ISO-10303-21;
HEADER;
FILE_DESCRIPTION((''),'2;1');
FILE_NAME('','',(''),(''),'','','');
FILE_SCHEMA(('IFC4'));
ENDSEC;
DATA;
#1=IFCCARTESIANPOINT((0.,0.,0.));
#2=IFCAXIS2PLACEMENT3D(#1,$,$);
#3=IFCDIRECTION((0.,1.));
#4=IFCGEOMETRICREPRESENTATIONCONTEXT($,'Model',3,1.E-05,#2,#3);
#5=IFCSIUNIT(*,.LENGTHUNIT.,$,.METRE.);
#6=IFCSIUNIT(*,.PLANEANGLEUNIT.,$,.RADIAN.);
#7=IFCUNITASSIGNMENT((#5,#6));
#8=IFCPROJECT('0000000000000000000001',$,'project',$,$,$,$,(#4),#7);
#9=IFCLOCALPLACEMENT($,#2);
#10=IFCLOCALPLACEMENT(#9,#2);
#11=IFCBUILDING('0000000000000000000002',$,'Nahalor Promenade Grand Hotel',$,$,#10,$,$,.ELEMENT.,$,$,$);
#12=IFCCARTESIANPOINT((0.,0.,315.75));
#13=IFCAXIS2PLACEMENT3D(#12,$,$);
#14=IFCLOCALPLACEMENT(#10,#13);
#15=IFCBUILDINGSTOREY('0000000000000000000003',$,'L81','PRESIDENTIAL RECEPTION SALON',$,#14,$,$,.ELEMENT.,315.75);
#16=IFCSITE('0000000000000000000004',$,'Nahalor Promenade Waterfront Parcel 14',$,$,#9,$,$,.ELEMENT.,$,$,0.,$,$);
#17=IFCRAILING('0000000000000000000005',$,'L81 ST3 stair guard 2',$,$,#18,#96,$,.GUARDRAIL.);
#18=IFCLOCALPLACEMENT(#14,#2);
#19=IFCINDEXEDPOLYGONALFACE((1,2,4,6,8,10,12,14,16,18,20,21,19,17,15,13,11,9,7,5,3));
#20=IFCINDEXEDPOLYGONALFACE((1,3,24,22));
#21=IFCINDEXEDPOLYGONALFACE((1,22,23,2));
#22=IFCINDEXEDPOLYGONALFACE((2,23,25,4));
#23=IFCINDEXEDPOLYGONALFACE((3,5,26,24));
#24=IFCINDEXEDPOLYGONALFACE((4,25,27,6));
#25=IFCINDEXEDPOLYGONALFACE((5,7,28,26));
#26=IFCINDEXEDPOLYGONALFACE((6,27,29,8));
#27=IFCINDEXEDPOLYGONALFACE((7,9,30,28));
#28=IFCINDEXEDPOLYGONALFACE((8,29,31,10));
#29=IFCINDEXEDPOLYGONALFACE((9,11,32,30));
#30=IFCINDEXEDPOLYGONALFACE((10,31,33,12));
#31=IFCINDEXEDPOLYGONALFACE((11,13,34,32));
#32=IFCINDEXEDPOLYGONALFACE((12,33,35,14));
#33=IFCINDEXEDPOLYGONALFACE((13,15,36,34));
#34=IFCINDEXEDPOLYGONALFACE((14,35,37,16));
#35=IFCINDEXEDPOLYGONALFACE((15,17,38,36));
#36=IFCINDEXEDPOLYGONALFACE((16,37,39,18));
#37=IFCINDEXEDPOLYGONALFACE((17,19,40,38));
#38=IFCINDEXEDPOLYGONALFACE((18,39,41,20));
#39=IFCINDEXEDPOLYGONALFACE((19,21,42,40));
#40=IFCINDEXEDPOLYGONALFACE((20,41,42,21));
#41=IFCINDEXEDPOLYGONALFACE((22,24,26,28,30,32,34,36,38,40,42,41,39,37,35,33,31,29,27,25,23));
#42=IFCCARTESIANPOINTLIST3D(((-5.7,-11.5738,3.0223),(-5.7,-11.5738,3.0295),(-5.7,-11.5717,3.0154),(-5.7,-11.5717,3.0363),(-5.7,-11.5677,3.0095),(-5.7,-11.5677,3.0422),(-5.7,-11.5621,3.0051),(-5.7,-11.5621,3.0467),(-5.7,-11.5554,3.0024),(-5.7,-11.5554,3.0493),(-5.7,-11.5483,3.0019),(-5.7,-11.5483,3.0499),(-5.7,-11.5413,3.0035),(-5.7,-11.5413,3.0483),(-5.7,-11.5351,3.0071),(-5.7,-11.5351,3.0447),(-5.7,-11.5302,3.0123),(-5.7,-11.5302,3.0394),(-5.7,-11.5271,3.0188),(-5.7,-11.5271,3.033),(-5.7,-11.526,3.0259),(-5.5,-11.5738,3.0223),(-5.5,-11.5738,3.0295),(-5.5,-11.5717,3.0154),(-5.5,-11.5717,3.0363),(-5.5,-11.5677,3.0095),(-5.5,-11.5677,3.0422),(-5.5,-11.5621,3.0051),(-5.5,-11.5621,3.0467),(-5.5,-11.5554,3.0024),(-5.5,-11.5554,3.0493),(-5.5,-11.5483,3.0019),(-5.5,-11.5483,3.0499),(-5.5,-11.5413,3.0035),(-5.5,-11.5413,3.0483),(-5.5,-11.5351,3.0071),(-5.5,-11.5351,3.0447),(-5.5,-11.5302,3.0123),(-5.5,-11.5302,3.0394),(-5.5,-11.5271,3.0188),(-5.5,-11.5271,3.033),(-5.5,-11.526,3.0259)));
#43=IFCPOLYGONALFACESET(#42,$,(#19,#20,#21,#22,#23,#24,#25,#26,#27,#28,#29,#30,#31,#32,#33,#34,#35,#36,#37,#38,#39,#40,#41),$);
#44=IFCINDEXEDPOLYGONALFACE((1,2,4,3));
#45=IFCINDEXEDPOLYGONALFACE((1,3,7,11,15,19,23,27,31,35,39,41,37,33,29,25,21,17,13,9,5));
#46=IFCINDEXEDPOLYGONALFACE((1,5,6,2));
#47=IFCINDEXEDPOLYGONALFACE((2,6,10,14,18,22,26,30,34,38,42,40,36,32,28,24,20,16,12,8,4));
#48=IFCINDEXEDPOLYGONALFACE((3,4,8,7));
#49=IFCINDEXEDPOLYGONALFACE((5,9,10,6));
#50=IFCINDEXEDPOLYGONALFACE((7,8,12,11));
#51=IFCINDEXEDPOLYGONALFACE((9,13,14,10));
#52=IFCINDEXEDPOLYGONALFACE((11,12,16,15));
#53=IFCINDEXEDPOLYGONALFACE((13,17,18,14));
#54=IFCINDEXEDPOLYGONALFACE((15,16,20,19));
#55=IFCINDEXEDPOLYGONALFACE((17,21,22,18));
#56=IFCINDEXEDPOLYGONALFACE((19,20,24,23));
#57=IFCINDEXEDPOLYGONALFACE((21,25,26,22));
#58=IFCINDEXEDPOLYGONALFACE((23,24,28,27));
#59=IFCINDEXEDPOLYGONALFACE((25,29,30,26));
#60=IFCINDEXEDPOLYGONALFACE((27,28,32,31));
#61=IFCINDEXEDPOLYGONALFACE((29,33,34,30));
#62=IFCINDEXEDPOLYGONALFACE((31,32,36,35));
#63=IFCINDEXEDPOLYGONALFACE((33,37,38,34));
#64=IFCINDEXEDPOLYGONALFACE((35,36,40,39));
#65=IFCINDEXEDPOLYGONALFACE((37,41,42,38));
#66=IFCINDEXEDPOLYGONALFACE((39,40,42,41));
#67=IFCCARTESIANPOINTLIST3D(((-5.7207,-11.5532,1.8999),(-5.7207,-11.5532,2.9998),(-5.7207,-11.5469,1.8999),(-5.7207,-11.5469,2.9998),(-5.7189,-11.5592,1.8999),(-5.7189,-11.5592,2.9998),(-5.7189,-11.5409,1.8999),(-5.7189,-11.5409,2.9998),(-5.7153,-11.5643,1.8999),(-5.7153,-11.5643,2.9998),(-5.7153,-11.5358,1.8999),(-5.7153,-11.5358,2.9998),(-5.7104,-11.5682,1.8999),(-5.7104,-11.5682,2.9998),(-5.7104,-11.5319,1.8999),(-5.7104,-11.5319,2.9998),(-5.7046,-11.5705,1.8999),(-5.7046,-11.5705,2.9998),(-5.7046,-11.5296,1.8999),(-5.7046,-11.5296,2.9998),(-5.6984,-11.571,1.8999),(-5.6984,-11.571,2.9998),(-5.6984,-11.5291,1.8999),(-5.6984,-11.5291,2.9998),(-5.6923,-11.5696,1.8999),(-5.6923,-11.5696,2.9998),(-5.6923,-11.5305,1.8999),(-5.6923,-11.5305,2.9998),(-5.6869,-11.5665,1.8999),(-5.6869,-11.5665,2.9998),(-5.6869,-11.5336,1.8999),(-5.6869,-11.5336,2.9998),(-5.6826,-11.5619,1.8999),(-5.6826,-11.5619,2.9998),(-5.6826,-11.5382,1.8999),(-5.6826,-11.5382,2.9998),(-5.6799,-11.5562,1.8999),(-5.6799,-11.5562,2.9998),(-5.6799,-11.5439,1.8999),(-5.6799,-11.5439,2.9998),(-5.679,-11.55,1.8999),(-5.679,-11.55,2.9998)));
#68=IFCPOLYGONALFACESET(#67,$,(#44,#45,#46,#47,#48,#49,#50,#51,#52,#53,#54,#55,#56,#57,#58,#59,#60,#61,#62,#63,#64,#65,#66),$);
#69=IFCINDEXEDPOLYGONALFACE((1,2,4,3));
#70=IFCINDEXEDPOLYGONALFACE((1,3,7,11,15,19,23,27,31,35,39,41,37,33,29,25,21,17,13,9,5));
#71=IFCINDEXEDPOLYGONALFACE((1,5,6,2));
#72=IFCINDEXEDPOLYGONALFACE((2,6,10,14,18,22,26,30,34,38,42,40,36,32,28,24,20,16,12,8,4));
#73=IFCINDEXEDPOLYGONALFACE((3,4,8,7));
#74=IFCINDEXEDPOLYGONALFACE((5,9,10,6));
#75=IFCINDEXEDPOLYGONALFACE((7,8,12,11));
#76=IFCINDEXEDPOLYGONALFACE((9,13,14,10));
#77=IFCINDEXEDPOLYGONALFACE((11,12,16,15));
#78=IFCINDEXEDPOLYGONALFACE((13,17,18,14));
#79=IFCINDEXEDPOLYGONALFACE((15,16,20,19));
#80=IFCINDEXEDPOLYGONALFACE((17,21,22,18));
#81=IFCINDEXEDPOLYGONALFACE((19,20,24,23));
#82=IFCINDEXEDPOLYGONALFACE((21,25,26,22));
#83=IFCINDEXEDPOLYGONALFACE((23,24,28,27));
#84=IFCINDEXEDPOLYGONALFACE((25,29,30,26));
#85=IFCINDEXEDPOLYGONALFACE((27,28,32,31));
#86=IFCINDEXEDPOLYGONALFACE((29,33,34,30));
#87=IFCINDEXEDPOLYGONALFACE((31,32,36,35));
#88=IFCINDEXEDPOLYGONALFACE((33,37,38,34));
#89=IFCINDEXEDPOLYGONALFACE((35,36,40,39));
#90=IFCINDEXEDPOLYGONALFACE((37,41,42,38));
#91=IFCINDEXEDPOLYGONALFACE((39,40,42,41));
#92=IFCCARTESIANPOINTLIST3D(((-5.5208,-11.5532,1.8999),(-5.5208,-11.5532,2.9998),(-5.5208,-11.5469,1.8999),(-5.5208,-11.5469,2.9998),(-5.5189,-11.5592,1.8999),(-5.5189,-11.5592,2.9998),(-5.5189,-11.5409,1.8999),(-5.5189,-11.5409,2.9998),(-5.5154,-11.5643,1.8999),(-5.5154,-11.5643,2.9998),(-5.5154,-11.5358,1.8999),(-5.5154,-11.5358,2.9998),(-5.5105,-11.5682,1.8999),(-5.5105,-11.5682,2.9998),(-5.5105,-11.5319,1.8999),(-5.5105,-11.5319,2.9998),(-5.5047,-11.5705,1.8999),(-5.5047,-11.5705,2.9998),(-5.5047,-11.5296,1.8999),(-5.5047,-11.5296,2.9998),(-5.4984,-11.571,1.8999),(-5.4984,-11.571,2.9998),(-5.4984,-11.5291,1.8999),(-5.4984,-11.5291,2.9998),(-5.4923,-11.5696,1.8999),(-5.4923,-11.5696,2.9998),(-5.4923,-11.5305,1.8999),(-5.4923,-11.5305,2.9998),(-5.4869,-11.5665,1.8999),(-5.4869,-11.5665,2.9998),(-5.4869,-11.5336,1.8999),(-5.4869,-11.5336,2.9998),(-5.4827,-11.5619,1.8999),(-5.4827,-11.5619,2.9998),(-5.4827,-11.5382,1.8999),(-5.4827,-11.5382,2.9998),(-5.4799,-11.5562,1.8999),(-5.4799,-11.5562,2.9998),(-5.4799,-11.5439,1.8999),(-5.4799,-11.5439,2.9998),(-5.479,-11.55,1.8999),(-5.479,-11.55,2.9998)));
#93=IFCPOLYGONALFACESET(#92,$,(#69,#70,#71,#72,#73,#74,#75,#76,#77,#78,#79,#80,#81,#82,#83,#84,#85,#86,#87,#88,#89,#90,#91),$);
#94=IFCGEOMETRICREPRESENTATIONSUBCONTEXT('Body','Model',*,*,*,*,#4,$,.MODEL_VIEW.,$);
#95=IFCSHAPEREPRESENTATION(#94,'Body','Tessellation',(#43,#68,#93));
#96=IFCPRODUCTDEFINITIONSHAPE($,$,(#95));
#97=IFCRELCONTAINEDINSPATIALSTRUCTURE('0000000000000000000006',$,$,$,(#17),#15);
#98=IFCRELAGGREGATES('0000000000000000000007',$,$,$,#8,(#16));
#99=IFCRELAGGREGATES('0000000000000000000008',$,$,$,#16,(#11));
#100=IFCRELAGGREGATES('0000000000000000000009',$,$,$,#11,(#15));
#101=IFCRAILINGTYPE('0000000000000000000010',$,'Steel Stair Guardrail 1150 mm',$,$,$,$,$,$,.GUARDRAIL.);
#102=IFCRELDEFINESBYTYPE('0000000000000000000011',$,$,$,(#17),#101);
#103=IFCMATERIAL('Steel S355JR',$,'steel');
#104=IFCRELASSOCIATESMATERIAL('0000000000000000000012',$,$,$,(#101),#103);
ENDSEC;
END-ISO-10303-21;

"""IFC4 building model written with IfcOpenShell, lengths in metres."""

from ifc_helpers import new_model, si_unit, direction, frame, origin, origin_2d, place, context, subcontext, project, spatial, circle, extrude, material, type_object, element, save


model = new_model("IFC4")

# Units and contexts
model_context = context("Model", 3, precision=1e-05, world=origin(), true_north=direction((0.0, 1.0)))
body_context = subcontext(model_context, "Body", "Model", "MODEL_VIEW")
ifc_project = project(units=[si_unit("LENGTHUNIT", "METRE"), si_unit("PLANEANGLEUNIT", "RADIAN")], contexts=[model_context])

# Site, building, storey
site_placement = place(None, origin())
site = spatial("IfcSite", under=ifc_project, at=site_placement, Name="Nahalor Promenade Waterfront Parcel 14", CompositionType="ELEMENT", RefElevation=0.0)
building_placement = place(site_placement, origin())
building = spatial("IfcBuilding", under=site, at=building_placement, Name="Nahalor Promenade Grand Hotel", CompositionType="ELEMENT")
storey_placement = place(building_placement, frame((0.0, 0.0, 315.75)))
storey = spatial("IfcBuildingStorey", under=building, at=storey_placement, Name="L81", Description="PRESIDENTIAL RECEPTION SALON", CompositionType="ELEMENT", Elevation=315.75)

# Shared definitions
ifc_material_1 = material(Name="Steel S355JR", Category="steel")

# Railing
railing_type_1 = type_object("IfcRailingType", Name="Steel Stair Guardrail 1150 mm", PredefinedType="GUARDRAIL", material=ifc_material_1)
railing_1_placement = place(storey_placement, frame((-5.7, -11.55, 1.8999)))
element("IfcRailing", 1, at=railing_1_placement, inside=storey, type_object=railing_type_1, Name="L81 ST3 stair guard 2", PredefinedType="GUARDRAIL", context=body_context, shape_type="SweptSolid", body=[
    extrude(circle(Radius=0.024, at=origin_2d()), frame((0.0, 0.0, 1.126), z_axis=(1.0, 0.0, 0.0), x_axis=(0.0, 1.0, 0.0)), (0.0, 0.0, 1.0), 0.2),
    extrude(circle(Radius=0.021, at=origin_2d()), origin(), (0.0, 0.0, 1.0), 1.0999),
    extrude(circle(Radius=0.021, at=origin_2d()), frame((0.2, 0.0, 0.0)), (0.0, 0.0, 1.0), 1.0999),
])

save(model, "model.ifc")
